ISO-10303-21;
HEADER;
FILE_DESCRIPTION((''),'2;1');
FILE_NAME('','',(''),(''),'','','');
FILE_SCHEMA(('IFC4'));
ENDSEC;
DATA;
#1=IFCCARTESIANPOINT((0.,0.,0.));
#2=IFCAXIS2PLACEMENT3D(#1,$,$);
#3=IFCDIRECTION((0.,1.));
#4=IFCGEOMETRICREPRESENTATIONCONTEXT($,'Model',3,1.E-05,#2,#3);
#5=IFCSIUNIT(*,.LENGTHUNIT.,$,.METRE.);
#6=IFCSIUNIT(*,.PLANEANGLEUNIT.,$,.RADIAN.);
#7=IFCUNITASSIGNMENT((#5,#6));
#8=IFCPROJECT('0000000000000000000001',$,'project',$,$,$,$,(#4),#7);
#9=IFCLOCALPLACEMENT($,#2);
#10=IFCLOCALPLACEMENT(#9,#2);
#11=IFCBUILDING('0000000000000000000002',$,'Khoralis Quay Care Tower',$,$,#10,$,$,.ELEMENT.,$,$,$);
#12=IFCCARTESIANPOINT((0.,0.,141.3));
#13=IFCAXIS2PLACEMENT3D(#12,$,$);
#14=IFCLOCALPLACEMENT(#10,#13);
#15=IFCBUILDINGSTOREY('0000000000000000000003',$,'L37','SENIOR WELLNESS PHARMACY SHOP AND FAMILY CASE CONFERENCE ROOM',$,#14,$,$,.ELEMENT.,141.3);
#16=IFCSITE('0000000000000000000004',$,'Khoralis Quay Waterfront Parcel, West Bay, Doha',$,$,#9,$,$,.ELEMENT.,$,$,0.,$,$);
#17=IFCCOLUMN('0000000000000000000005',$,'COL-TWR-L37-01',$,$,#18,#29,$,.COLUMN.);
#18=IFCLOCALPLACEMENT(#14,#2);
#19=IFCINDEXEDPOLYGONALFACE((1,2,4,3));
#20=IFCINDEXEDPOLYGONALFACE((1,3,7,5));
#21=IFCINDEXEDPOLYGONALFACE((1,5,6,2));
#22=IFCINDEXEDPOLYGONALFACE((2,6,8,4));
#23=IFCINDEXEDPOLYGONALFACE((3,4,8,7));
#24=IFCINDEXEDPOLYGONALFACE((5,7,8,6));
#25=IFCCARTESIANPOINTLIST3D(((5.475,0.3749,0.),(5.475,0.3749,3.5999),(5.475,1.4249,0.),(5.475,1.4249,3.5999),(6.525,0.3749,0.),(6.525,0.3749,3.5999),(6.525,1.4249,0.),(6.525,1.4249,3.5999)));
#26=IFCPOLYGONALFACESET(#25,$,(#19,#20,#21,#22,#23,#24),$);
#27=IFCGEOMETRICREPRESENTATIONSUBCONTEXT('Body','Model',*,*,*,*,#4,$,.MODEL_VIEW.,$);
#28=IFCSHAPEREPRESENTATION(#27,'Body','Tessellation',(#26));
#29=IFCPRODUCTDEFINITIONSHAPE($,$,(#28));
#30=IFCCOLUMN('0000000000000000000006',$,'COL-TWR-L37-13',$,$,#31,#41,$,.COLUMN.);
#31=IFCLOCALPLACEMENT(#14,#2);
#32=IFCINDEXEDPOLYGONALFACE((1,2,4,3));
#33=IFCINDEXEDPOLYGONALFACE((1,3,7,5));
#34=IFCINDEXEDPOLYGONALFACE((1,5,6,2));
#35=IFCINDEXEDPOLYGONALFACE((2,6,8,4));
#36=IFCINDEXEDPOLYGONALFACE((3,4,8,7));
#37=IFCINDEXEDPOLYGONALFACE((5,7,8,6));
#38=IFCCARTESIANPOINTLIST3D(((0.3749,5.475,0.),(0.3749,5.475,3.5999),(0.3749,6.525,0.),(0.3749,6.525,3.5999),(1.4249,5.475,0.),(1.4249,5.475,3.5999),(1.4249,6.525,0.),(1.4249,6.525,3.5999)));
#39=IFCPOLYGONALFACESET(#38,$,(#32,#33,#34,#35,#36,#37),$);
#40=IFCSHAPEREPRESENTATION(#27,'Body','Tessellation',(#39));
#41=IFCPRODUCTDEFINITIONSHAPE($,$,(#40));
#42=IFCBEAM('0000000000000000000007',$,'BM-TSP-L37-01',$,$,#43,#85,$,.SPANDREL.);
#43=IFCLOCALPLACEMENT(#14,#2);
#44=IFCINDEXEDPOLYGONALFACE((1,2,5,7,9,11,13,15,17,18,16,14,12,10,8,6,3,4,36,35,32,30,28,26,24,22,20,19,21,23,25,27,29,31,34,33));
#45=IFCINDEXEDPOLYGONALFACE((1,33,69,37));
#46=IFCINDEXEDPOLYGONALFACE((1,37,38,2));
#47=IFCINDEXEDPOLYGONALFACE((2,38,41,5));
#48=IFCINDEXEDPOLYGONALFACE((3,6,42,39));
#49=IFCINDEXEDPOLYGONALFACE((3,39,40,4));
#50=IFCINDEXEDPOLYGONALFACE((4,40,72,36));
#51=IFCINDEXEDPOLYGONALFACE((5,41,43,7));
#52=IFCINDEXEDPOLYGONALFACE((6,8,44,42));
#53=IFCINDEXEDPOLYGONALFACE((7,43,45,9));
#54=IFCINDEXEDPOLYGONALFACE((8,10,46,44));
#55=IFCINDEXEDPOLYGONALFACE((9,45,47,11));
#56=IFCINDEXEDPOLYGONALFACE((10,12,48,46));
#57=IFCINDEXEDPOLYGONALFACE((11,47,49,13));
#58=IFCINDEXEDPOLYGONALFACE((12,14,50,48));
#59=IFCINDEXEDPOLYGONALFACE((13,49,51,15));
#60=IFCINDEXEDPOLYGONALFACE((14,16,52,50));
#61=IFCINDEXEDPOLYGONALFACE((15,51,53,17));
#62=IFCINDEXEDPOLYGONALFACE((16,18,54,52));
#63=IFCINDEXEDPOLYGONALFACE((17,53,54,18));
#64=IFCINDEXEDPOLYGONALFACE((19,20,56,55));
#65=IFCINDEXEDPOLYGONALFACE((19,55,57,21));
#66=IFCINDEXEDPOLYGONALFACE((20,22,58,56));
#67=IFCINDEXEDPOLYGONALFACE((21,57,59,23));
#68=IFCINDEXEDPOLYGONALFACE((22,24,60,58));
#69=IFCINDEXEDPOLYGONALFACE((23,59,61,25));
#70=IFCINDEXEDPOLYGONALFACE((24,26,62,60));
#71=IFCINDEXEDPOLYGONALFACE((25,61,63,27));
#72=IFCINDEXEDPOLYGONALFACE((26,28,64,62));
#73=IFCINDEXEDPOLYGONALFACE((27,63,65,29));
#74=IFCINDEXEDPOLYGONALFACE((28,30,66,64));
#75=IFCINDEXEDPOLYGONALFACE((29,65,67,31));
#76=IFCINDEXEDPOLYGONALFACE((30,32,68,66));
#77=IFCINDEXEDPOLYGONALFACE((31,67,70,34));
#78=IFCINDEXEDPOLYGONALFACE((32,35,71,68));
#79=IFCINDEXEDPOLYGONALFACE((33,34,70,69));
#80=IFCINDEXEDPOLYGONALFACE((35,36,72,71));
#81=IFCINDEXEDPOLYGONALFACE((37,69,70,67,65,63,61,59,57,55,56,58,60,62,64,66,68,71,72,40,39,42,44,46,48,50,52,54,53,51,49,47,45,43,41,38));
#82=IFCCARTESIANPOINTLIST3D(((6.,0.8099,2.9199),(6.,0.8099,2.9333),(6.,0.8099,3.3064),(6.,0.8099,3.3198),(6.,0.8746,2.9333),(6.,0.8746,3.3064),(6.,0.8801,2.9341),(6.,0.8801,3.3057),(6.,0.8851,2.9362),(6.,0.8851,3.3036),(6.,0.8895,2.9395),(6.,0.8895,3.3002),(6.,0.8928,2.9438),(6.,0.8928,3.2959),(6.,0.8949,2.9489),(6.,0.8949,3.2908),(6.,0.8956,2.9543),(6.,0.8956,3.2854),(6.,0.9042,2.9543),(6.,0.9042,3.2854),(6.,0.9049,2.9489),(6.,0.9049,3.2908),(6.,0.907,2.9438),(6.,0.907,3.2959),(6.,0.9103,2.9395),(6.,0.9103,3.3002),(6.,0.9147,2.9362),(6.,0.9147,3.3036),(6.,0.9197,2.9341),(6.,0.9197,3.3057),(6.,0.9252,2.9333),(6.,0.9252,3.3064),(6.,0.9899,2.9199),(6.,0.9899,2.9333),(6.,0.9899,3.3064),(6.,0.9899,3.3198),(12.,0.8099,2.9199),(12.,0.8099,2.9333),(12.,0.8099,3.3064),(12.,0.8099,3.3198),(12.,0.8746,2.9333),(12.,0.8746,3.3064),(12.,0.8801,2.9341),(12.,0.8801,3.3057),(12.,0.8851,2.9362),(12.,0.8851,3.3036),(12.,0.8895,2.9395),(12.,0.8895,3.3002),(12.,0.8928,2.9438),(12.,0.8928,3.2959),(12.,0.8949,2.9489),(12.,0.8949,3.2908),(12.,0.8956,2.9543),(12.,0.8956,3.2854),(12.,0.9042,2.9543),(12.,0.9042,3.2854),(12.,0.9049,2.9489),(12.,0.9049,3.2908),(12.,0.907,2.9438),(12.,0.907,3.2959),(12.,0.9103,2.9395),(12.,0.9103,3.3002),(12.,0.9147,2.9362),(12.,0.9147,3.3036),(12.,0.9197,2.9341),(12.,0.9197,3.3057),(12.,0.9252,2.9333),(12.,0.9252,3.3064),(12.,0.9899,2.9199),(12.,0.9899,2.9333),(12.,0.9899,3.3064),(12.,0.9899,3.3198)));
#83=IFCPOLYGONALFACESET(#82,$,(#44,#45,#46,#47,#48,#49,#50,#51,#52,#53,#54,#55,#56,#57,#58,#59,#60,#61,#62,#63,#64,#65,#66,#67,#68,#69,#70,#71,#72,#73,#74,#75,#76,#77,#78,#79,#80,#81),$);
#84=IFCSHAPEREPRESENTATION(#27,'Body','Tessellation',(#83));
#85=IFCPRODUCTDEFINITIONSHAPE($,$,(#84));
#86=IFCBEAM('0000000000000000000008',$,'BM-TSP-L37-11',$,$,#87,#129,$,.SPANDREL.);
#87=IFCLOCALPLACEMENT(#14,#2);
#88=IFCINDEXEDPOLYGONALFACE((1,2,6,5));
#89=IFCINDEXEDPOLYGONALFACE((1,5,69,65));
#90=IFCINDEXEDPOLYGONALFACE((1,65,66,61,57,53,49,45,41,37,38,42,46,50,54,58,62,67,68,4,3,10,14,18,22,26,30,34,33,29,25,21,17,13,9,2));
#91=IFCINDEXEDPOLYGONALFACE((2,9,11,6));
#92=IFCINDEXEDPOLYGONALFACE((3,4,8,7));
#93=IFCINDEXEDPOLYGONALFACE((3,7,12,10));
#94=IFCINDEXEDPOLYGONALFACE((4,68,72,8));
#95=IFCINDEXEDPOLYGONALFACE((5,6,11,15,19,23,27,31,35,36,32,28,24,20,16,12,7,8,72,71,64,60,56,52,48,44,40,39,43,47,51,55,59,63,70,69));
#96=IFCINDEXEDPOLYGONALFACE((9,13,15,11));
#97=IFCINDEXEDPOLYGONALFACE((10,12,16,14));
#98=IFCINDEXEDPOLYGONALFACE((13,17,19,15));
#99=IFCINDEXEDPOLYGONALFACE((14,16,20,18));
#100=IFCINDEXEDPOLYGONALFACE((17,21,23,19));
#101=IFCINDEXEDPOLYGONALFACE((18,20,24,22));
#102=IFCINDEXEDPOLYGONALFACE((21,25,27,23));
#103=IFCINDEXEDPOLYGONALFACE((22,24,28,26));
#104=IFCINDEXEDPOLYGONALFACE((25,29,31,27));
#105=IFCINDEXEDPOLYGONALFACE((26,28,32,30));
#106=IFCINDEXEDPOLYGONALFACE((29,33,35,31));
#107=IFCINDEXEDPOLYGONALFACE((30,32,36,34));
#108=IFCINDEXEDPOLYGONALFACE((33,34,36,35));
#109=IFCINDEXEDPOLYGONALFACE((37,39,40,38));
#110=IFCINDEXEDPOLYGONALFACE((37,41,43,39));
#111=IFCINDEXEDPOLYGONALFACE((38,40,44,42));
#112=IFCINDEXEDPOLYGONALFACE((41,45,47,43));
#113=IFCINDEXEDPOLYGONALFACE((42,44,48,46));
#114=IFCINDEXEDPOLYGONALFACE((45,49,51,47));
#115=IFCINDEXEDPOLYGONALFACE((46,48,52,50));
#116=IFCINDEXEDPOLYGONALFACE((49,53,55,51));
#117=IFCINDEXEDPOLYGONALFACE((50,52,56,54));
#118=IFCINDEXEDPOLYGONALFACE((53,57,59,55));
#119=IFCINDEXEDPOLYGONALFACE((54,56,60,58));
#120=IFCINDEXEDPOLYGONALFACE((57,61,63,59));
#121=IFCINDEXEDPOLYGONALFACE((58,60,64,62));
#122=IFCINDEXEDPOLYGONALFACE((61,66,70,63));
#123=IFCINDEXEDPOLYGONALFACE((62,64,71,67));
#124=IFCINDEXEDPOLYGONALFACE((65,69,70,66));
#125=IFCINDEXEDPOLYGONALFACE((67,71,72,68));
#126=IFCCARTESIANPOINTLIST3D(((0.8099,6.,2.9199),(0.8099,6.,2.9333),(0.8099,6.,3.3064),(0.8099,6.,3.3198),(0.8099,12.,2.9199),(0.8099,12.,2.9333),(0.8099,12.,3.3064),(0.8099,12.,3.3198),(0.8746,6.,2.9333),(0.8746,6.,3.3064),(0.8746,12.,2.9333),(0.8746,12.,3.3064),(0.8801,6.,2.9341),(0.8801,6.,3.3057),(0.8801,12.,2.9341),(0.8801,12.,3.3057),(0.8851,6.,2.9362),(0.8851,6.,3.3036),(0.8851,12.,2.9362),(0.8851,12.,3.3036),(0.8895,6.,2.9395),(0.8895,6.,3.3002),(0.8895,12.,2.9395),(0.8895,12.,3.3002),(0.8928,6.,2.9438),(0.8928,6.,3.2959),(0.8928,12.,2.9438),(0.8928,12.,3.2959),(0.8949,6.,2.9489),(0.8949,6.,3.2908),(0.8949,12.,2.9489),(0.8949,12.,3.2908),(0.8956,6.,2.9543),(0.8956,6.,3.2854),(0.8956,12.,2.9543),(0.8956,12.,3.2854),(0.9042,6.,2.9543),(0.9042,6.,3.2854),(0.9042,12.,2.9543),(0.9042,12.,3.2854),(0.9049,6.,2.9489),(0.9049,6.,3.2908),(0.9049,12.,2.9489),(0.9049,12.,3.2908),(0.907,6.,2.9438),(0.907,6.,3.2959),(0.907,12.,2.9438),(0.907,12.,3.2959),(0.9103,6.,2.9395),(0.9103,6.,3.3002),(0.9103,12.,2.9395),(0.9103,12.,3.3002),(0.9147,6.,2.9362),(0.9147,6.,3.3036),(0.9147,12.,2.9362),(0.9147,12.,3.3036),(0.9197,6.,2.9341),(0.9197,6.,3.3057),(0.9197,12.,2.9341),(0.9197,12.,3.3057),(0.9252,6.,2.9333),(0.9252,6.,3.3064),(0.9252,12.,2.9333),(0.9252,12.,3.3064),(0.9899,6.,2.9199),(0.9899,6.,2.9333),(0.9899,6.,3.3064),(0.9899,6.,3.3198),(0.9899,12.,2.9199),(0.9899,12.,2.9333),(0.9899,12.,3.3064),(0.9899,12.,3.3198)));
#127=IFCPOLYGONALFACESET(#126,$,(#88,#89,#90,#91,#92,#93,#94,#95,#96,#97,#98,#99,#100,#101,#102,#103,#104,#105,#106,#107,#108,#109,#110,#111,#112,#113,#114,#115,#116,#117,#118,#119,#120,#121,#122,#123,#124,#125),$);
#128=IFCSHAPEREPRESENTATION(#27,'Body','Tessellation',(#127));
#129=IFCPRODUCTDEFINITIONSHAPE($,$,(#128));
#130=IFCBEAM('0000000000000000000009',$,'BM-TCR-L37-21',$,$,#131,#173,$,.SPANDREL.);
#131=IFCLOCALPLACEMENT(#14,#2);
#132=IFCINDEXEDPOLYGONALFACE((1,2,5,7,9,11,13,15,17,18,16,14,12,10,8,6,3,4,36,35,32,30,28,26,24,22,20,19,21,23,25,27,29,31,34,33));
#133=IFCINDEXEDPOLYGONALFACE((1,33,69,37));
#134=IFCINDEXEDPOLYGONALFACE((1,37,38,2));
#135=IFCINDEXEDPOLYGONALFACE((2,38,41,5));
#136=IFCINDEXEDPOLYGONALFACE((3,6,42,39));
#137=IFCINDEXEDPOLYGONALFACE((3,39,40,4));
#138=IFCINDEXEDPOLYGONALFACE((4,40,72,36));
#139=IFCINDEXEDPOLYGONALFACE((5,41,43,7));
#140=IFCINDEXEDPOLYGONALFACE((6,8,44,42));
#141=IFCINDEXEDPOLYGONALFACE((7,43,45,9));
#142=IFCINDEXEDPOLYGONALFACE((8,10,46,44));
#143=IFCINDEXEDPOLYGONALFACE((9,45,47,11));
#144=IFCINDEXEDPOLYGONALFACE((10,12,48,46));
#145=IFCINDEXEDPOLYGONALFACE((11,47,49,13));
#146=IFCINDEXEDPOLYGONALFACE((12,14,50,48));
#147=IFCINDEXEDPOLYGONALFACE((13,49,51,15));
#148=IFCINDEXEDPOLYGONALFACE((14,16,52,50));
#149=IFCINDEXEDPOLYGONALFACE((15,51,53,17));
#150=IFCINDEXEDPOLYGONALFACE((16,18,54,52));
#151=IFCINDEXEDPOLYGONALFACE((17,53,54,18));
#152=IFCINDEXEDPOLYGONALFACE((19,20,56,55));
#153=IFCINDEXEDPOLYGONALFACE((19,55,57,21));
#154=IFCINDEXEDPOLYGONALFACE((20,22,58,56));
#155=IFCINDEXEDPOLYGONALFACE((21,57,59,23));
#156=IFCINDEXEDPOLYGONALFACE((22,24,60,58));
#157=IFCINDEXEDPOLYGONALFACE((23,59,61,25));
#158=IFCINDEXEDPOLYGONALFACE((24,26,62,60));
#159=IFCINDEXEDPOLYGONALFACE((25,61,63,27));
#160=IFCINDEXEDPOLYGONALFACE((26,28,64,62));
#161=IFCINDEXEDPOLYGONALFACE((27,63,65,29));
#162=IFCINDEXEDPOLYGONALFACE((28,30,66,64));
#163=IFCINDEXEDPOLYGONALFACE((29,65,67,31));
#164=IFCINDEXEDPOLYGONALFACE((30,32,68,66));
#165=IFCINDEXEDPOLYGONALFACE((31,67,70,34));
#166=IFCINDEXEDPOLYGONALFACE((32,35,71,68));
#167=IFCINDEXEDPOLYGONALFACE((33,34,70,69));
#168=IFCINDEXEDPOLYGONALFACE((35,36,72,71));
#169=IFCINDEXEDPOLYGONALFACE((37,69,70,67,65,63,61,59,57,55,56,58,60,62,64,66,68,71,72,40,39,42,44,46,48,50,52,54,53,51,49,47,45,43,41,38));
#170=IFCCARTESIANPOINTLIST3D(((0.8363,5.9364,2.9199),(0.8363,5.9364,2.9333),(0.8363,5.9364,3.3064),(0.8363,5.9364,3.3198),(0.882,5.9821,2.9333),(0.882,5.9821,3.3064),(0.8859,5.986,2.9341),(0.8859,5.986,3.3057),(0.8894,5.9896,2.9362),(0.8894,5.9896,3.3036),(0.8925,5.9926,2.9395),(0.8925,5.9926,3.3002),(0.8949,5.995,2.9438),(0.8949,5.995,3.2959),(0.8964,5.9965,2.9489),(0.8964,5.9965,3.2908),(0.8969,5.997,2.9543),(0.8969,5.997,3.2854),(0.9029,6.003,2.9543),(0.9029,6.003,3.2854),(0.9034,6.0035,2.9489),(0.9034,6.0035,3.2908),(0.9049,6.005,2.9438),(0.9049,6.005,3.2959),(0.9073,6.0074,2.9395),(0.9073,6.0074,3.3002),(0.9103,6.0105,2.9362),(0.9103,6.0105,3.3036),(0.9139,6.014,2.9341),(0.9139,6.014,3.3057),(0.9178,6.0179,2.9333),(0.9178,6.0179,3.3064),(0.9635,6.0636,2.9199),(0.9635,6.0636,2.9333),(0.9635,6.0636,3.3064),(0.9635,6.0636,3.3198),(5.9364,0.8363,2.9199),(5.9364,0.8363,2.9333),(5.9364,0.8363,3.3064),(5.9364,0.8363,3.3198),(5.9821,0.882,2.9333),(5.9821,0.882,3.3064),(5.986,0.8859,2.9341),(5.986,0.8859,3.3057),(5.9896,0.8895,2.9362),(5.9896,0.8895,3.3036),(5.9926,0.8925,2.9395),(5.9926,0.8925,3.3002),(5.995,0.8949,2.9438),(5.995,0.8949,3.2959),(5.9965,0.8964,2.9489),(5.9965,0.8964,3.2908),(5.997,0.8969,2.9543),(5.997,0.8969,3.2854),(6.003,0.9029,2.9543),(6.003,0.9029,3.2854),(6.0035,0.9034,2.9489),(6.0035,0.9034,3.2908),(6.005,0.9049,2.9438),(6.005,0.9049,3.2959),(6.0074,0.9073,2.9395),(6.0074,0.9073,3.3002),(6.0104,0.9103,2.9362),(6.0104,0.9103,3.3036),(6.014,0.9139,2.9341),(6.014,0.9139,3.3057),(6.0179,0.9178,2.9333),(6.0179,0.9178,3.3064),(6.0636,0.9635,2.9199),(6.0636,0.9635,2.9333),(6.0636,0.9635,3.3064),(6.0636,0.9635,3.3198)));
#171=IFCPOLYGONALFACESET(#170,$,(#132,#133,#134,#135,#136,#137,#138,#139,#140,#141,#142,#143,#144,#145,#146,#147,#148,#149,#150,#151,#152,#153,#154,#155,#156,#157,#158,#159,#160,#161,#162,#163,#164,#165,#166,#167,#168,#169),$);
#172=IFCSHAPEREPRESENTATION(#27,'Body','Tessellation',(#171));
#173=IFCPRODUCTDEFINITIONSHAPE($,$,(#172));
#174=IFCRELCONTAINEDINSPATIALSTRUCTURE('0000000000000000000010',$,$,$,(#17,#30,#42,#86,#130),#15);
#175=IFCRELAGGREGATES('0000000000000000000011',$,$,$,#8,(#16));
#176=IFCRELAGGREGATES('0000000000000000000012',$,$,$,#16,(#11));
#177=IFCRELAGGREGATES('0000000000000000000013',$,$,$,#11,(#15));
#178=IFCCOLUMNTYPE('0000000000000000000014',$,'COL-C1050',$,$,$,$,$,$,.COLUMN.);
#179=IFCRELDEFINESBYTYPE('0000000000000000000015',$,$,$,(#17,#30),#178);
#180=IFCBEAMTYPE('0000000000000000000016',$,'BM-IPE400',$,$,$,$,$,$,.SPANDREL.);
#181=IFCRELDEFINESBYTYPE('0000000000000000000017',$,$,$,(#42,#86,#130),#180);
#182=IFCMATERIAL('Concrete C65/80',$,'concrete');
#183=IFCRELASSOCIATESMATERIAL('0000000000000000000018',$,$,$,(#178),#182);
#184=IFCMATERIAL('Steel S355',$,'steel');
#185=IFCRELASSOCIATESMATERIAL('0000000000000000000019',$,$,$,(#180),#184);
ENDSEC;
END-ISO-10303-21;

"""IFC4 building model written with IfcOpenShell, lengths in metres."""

from ifc_helpers import new_model, si_unit, direction, frame, origin, origin_2d, place, context, subcontext, project, spatial, rectangle, i_section, extrude, source, transform, mapped, material, material_profile, profile_set, type_object, element, save


model = new_model("IFC4")

# Units and contexts
model_context = context("Model", 3, precision=1e-05, world=origin(), true_north=direction((0.0, 1.0)))
body_context = subcontext(model_context, "Body", "Model", "MODEL_VIEW")
ifc_project = project(units=[si_unit("LENGTHUNIT", "METRE"), si_unit("PLANEANGLEUNIT", "RADIAN")], contexts=[model_context])

# Site, building, storey
site_placement = place(None, origin())
site = spatial("IfcSite", under=ifc_project, at=site_placement, Name="Khoralis Quay Waterfront Parcel, West Bay, Doha", CompositionType="ELEMENT", RefElevation=0.0)
building_placement = place(site_placement, origin())
building = spatial("IfcBuilding", under=site, at=building_placement, Name="Khoralis Quay Care Tower", CompositionType="ELEMENT")
storey_placement = place(building_placement, frame((0.0, 0.0, 141.3)))
storey = spatial("IfcBuildingStorey", under=building, at=storey_placement, Name="L37", Description="SENIOR WELLNESS PHARMACY SHOP AND FAMILY CASE CONFERENCE ROOM", CompositionType="ELEMENT", Elevation=141.3)

# Columns
ifc_material_1 = material(Name="Concrete C65/80", Category="concrete")
ifc_material_profile_1 = material_profile(ifc_material_1, rectangle(XDim=1.05, YDim=1.05, at=origin_2d()), Name="Concrete C65/80")
ifc_profile_set_1 = profile_set([ifc_material_profile_1], Name="Concrete C65/80")
column_type = type_object("IfcColumnType", Name="COL-C1050", PredefinedType="COLUMN", material=ifc_profile_set_1)
shared_shape_1 = source(origin(), body_context, "Body", "SweptSolid", [
    extrude(rectangle(XDim=1.05, YDim=1.05, at=origin_2d()), origin(), (0.0, 0.0, 1.0), 3.5999),
])
for number, where, z_axis, x_axis, name in (
    (1, (6.0, 0.8999, 0.0), (0.0, 0.0, 1.0), (1.0, 0.0, 0.0), "COL-TWR-L37-01"),
    (2, (0.8999, 6.0, 0.0), (0.0, 0.0, 1.0), (1.0, 0.0, 0.0), "COL-TWR-L37-13"),
):
    element("IfcColumn", number, at=place(storey_placement, frame(where, z_axis=z_axis, x_axis=x_axis)), inside=storey, type_object=column_type, Name=name, PredefinedType="COLUMN", context=body_context, shape_type="MappedRepresentation", body=[
        mapped(shared_shape_1, transform((0.0, 0.0, 0.0), scale=1.0)),
    ])

# Beams
ifc_material_2 = material(Name="Steel S355", Category="steel")
ifc_material_profile_2 = material_profile(ifc_material_2, i_section(OverallWidth=0.1799, OverallDepth=0.3999, WebThickness=0.0085, FlangeThickness=0.0134, FilletRadius=0.021, at=origin_2d()), Name="Steel S355")
ifc_profile_set_2 = profile_set([ifc_material_profile_2], Name="Steel S355")
beam_type_1 = type_object("IfcBeamType", Name="BM-IPE400", PredefinedType="SPANDREL", material=ifc_profile_set_2)
shared_shape_2 = source(origin(), body_context, "Body", "SweptSolid", [
    extrude(i_section(OverallWidth=0.1799, OverallDepth=0.3999, WebThickness=0.0085, FlangeThickness=0.0134, FilletRadius=0.021, at=origin_2d()), origin(), (0.0, 0.0, 1.0), 6.0),
])
for number, where, z_axis, x_axis, name in (
    (3, (6.0, 0.8999, 3.1199), (1.0, 0.0, 0.0), (0.0, 1.0, 0.0), "BM-TSP-L37-01"),
    (4, (0.8999, 6.0, 3.1199), (0.0, 1.0, 0.0), (-1.0, 0.0, 0.0), "BM-TSP-L37-11"),
):
    element("IfcBeam", number, at=place(storey_placement, frame(where, z_axis=z_axis, x_axis=x_axis)), inside=storey, type_object=beam_type_1, Name=name, PredefinedType="SPANDREL", context=body_context, shape_type="MappedRepresentation", body=[
        mapped(shared_shape_2, transform((0.0, 0.0, 0.0), scale=1.0)),
    ])
shared_shape_3 = source(origin(), body_context, "Body", "SweptSolid", [
    extrude(i_section(OverallWidth=0.1799, OverallDepth=0.3999, WebThickness=0.0085, FlangeThickness=0.0134, FilletRadius=0.021, at=origin_2d()), origin(), (0.0, 0.0, 1.0), 7.2126),
])
beam_1_placement = place(storey_placement, frame((6.0, 0.8999, 3.1199), z_axis=(-0.707107, 0.707107, 0.0), x_axis=(-0.707107, -0.707107, 0.0)))
element("IfcBeam", 5, at=beam_1_placement, inside=storey, type_object=beam_type_1, Name="BM-TCR-L37-21", PredefinedType="SPANDREL", context=body_context, shape_type="MappedRepresentation", body=[
    mapped(shared_shape_3, transform((0.0, 0.0, 0.0), scale=1.0)),
])

save(model, "model.ifc")
